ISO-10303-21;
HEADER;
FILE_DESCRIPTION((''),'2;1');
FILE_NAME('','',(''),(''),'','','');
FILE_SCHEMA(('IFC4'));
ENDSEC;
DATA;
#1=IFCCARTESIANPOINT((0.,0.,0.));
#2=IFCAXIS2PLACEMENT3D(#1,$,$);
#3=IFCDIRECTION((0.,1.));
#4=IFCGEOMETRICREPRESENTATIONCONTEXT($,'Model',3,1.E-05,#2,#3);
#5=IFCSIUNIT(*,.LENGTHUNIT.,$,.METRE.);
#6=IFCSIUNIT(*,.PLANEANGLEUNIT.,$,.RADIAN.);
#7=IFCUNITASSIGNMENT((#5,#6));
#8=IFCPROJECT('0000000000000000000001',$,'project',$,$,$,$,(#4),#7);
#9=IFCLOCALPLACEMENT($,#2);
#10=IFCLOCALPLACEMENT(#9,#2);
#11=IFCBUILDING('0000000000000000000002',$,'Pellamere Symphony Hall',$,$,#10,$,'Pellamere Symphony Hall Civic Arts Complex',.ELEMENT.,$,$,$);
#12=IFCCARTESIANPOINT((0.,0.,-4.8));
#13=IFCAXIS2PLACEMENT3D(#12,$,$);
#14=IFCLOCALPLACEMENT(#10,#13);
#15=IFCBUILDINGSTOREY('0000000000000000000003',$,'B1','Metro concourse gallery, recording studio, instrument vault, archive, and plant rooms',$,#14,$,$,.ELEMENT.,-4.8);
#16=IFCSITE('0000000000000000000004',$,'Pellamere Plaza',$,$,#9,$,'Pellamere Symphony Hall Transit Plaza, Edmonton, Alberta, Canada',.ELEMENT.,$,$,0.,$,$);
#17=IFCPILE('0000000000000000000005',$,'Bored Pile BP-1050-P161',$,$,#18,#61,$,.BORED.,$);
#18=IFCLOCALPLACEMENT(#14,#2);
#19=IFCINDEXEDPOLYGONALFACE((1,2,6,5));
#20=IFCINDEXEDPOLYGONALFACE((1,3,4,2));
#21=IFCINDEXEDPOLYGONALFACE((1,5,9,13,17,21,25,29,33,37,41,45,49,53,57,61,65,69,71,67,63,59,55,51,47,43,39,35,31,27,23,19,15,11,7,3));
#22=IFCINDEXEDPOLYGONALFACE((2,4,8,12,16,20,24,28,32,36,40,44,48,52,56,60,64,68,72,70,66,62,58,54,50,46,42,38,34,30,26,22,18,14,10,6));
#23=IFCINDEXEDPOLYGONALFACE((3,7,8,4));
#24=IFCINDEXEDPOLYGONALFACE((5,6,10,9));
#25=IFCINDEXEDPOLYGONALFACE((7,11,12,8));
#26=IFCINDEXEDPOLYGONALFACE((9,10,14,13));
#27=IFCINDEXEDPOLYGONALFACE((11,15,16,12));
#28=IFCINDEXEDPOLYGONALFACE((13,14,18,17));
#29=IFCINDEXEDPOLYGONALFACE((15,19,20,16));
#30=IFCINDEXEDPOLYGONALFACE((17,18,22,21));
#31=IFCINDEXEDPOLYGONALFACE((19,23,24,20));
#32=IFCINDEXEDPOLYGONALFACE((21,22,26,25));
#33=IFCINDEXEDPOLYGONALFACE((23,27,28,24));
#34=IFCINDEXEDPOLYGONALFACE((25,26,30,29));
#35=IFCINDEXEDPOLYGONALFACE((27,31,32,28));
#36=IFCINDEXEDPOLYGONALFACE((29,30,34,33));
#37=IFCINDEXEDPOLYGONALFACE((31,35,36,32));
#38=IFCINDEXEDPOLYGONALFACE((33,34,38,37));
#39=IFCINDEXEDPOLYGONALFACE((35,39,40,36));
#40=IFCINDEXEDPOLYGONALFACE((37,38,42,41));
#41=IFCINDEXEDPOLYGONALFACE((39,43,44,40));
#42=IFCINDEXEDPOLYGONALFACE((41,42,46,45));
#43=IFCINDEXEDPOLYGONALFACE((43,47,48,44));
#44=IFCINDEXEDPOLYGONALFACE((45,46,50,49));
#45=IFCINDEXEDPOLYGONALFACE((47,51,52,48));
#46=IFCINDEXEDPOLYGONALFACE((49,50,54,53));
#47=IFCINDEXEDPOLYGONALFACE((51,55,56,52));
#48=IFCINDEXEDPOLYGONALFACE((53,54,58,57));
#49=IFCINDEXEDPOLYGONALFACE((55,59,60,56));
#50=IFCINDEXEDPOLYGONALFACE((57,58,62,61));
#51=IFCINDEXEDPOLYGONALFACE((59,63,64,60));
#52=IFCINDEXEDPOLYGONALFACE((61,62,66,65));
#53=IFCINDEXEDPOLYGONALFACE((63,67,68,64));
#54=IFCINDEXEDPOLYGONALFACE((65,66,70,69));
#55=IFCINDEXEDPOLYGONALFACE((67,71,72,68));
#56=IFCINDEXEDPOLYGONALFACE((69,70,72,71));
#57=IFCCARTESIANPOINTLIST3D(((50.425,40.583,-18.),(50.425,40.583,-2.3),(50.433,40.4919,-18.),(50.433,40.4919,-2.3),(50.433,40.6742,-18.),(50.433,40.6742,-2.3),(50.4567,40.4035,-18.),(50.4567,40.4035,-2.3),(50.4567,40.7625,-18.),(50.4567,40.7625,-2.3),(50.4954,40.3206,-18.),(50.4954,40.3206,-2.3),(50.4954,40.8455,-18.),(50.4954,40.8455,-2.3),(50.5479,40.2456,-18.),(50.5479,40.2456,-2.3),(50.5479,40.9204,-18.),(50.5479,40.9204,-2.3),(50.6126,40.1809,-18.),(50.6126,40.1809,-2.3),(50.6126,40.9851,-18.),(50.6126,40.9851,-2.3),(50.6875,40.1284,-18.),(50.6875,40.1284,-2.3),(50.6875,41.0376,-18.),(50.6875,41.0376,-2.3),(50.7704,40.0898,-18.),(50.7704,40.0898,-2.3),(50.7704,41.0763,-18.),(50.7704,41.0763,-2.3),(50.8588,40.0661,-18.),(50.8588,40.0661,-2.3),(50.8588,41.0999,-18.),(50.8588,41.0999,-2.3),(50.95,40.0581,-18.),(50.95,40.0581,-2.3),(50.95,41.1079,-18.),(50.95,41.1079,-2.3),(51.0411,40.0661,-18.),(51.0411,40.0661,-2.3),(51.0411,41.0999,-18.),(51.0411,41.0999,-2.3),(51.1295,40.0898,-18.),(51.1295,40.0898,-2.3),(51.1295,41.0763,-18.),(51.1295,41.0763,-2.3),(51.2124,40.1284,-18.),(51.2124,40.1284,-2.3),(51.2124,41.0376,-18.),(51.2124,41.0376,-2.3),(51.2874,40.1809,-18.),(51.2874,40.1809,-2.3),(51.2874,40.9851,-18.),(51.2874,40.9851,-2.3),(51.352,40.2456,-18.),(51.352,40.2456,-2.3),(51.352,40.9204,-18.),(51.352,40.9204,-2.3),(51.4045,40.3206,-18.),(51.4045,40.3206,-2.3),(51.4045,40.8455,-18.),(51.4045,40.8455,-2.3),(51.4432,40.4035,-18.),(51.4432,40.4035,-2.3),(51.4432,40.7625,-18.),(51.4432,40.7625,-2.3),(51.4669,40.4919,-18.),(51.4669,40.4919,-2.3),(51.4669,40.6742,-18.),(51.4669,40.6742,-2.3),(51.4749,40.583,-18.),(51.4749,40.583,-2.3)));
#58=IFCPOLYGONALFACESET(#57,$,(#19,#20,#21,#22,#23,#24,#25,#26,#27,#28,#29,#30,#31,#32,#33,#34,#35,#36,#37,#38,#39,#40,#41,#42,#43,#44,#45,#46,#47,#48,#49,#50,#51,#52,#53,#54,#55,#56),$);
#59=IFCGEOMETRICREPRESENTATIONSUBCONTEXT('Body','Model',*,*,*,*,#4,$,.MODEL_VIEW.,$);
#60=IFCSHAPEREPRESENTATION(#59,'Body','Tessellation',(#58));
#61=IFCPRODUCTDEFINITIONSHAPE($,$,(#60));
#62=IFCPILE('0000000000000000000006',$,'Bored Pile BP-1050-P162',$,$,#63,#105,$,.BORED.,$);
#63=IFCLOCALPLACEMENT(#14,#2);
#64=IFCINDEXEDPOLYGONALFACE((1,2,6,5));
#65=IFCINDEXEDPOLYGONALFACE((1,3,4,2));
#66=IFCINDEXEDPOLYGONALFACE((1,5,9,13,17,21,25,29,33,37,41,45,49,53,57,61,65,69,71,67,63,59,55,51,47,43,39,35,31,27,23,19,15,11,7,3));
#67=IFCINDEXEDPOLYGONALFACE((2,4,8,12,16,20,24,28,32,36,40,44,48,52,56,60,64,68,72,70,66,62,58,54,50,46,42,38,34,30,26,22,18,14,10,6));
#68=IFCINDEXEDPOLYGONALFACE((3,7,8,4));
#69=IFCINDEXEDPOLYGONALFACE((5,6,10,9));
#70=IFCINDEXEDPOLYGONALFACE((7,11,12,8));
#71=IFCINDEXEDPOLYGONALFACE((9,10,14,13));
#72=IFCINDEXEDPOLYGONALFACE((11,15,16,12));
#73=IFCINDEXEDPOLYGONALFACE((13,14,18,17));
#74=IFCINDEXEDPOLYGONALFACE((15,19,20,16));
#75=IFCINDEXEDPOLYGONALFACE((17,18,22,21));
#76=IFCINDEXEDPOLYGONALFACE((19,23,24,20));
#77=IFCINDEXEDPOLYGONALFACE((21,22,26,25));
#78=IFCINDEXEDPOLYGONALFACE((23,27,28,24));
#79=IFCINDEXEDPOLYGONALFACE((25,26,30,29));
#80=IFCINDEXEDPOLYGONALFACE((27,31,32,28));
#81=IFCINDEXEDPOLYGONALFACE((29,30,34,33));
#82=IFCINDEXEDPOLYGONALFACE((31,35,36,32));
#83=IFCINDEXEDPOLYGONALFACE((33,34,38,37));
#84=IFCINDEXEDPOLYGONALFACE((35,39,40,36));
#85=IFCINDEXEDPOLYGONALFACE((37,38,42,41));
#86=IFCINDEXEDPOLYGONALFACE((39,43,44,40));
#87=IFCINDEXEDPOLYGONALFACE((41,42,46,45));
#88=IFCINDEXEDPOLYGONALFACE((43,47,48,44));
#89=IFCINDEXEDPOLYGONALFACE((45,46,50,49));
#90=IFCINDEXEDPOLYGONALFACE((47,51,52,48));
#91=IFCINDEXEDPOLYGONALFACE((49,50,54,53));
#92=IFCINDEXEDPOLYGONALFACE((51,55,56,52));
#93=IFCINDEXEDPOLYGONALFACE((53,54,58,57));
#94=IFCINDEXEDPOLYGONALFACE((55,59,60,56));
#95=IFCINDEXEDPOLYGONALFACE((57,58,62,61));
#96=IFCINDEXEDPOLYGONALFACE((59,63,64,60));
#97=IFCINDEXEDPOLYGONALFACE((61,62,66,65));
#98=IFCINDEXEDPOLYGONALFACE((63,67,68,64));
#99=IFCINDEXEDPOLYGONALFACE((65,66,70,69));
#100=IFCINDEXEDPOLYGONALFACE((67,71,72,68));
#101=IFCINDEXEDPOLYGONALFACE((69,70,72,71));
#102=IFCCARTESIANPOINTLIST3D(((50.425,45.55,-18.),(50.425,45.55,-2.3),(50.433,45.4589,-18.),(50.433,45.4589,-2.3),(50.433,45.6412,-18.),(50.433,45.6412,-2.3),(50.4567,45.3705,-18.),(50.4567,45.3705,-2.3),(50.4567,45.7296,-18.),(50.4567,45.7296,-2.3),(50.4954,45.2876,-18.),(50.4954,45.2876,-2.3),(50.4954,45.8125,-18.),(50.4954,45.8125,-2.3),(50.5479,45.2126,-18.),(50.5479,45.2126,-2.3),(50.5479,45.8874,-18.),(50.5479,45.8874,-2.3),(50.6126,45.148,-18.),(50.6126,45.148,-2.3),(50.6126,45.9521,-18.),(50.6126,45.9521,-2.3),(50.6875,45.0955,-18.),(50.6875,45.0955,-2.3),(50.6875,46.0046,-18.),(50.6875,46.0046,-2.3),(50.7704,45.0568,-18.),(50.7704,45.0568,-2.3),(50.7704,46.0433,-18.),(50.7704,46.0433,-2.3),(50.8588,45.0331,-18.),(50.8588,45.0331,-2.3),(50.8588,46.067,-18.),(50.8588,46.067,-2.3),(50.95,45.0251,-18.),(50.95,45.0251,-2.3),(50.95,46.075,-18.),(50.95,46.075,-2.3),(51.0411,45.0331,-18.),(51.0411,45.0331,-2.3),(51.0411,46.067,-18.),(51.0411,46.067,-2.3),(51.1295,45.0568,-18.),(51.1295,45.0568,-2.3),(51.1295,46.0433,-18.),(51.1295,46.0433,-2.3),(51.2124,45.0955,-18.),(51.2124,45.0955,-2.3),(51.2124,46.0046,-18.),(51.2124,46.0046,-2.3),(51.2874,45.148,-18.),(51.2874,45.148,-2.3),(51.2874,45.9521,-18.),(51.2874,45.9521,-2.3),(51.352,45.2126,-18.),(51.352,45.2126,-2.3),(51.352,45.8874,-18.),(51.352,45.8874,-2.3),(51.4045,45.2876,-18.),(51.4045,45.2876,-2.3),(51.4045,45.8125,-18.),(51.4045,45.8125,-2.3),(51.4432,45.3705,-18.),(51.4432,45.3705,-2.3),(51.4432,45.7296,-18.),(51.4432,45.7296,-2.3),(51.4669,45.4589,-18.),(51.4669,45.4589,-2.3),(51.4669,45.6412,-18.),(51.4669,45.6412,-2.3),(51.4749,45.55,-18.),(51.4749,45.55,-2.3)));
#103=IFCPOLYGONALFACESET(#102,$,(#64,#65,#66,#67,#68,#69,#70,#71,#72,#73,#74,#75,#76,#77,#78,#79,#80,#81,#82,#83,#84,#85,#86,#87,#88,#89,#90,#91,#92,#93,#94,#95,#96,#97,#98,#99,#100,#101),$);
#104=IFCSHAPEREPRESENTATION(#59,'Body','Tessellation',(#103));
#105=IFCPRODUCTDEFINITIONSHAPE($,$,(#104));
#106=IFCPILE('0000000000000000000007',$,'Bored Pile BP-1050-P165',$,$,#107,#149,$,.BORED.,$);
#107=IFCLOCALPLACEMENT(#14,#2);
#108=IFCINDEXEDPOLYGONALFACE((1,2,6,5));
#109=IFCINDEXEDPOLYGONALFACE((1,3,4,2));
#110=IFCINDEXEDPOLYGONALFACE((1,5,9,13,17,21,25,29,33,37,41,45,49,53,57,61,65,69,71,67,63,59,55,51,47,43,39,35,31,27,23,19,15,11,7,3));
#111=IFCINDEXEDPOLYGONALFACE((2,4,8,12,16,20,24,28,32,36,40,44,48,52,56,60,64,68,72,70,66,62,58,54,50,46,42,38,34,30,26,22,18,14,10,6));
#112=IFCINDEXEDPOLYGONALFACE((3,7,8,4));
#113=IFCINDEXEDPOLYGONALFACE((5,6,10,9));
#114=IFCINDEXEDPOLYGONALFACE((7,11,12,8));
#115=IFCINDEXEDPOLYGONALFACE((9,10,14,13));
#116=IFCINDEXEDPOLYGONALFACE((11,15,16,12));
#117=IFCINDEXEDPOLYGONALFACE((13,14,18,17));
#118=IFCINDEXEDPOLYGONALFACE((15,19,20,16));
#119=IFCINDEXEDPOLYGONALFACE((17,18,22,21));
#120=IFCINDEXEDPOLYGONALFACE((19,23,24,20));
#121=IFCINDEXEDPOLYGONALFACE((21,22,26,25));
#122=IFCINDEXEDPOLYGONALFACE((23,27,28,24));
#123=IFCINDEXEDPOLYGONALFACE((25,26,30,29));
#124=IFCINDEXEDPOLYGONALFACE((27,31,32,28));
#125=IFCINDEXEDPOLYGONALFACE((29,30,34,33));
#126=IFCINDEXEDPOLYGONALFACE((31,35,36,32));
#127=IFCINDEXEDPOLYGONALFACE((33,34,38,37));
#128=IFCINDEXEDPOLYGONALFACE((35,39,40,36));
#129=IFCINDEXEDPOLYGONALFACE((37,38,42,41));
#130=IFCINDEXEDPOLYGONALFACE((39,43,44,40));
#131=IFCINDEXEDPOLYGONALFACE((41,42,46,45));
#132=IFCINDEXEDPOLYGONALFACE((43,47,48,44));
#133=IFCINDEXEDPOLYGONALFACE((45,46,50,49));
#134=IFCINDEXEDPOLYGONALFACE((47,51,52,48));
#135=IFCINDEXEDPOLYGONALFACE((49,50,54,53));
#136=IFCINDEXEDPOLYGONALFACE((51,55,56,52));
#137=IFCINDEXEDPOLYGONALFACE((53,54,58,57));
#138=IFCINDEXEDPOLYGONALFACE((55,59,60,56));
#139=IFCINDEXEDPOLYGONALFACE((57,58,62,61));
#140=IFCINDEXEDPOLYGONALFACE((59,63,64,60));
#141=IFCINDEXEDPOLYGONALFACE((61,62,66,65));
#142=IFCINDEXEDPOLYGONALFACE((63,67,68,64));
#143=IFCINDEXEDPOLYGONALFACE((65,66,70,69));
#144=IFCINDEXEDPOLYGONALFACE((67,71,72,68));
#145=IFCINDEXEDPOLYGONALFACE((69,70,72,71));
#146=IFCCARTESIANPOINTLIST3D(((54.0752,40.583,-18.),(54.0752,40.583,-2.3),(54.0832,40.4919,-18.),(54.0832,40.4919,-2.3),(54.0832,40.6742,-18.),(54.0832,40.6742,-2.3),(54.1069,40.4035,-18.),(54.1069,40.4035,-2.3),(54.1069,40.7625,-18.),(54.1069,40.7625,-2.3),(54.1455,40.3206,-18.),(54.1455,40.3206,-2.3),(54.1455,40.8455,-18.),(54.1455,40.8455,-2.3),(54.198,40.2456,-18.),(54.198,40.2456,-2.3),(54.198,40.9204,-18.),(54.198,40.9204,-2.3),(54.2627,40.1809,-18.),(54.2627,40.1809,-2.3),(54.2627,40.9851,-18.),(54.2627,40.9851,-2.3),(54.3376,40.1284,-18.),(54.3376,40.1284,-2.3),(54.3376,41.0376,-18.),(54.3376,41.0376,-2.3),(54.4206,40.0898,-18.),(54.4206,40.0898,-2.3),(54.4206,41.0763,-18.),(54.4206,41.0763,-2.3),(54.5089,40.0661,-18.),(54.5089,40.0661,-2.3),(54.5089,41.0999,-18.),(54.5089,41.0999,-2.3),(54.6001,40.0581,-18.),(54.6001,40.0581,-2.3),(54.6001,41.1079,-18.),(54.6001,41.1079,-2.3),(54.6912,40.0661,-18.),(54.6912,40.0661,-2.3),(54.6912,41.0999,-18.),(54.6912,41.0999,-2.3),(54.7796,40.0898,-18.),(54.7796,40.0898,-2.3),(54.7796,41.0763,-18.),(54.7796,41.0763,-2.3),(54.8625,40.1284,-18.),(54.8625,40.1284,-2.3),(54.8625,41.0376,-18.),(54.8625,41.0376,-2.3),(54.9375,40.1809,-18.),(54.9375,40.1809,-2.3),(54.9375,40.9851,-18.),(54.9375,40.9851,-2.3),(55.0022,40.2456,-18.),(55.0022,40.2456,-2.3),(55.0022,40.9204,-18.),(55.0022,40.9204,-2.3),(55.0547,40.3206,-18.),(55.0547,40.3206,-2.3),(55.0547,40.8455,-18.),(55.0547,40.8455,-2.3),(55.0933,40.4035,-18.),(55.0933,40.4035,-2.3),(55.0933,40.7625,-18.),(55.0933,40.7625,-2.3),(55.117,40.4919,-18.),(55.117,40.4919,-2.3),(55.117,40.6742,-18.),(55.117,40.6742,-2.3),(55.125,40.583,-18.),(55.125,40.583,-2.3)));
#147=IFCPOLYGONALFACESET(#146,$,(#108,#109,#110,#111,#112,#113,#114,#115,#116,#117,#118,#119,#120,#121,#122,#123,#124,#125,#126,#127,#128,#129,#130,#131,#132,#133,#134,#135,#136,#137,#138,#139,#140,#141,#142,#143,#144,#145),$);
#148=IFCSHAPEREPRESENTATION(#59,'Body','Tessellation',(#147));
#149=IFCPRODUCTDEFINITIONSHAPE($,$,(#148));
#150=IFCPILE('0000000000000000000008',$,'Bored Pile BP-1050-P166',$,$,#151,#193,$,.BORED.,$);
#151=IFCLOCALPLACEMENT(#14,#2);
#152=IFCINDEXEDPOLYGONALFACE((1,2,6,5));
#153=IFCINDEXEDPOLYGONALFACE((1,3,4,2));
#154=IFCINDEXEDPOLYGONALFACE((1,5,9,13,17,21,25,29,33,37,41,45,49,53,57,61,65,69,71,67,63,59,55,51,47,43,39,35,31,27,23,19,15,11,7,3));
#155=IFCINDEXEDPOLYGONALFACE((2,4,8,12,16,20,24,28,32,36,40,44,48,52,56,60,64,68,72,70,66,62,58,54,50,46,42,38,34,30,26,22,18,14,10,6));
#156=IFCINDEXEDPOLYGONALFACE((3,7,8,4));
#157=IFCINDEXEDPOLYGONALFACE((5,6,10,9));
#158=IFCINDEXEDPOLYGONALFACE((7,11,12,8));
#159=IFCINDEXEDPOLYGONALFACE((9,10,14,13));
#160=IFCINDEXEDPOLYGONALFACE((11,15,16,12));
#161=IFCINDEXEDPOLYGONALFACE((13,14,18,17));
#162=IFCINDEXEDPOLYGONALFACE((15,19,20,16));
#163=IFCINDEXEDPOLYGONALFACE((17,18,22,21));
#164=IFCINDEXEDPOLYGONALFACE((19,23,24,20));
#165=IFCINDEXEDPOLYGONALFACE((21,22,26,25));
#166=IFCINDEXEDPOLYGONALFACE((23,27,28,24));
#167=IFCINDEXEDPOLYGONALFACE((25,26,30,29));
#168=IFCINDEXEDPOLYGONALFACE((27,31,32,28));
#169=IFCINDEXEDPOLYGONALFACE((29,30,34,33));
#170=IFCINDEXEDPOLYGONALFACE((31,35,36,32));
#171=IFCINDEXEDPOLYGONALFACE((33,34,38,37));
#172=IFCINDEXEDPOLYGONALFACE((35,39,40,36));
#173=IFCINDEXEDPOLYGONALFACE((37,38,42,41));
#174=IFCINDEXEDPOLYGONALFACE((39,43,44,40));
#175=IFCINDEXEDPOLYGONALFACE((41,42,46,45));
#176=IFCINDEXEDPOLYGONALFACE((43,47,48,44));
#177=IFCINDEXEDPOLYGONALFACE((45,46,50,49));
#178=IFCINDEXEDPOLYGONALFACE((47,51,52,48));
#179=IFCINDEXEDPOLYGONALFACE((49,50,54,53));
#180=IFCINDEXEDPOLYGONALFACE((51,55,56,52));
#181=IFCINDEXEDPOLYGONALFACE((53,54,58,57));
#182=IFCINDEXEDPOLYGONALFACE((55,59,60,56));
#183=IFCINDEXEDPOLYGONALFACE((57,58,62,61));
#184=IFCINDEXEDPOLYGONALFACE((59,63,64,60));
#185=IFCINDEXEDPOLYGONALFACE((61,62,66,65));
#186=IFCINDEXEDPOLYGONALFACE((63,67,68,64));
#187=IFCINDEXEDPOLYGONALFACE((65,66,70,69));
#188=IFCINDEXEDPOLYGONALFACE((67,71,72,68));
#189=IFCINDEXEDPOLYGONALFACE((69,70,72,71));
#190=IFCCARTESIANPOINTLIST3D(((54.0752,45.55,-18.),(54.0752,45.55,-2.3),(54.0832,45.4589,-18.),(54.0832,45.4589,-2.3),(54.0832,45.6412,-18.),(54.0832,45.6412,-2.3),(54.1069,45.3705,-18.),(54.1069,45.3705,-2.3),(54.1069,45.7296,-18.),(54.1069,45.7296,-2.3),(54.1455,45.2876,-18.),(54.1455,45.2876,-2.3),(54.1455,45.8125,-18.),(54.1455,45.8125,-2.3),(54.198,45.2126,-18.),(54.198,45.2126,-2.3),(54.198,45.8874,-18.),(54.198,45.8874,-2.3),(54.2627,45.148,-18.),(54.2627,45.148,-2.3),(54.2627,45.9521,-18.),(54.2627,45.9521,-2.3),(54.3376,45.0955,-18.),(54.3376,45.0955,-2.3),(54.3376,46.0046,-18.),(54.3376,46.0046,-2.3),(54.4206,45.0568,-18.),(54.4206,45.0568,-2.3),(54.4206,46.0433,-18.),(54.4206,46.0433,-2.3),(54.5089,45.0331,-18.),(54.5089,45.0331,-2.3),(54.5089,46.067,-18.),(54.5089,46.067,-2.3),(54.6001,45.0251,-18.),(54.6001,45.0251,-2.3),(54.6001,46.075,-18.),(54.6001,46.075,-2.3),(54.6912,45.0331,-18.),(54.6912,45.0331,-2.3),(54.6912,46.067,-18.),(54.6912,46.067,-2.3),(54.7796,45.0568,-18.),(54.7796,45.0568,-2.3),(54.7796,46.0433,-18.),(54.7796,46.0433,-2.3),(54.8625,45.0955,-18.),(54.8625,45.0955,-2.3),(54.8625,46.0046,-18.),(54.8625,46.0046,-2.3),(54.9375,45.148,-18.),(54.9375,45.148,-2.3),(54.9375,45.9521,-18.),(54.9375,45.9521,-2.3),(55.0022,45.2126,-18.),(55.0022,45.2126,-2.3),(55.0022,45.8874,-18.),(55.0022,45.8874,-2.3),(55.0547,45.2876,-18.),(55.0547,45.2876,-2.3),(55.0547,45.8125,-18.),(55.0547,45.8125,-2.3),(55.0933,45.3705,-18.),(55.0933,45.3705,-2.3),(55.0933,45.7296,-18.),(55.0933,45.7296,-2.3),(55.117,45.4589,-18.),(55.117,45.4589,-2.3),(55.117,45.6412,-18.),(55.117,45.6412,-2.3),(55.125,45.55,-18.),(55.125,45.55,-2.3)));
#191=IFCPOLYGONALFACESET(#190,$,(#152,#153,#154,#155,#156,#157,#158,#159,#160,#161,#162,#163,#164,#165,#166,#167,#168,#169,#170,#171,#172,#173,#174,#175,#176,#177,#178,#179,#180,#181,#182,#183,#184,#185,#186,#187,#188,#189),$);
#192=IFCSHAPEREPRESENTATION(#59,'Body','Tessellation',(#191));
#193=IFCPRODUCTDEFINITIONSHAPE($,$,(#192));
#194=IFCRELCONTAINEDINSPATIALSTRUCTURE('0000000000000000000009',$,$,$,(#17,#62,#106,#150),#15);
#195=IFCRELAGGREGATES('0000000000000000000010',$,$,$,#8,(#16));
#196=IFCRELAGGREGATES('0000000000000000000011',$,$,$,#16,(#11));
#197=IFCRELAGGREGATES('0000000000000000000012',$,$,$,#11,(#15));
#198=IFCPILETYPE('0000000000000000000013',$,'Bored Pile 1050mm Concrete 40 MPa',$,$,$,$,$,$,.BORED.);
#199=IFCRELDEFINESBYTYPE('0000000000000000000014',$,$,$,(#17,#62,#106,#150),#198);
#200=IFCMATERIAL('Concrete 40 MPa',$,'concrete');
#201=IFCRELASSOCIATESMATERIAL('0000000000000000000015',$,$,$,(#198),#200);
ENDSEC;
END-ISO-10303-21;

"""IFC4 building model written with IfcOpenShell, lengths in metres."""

from ifc_helpers import new_model, si_unit, direction, frame, origin, origin_2d, place, context, subcontext, project, spatial, circle, extrude, material, material_profile, profile_set, type_object, element, save


model = new_model("IFC4")

# Units and contexts
model_context = context("Model", 3, precision=1e-05, world=origin(), true_north=direction((0.0, 1.0)))
body_context = subcontext(model_context, "Body", "Model", "MODEL_VIEW")
ifc_project = project(units=[si_unit("LENGTHUNIT", "METRE"), si_unit("PLANEANGLEUNIT", "RADIAN")], contexts=[model_context])

# Site, building, storey
site_placement = place(None, origin())
site = spatial("IfcSite", under=ifc_project, at=site_placement, Name="Pellamere Plaza", LongName="Pellamere Symphony Hall Transit Plaza, Edmonton, Alberta, Canada", CompositionType="ELEMENT", RefElevation=0.0)
building_placement = place(site_placement, origin())
building = spatial("IfcBuilding", under=site, at=building_placement, Name="Pellamere Symphony Hall", LongName="Pellamere Symphony Hall Civic Arts Complex", CompositionType="ELEMENT")
storey_placement = place(building_placement, frame((0.0, 0.0, -4.8)))
storey = spatial("IfcBuildingStorey", under=building, at=storey_placement, Name="B1", Description="Metro concourse gallery, recording studio, instrument vault, archive, and plant rooms", CompositionType="ELEMENT", Elevation=-4.8)

# Piles
ifc_material_1 = material(Name="Concrete 40 MPa", Category="concrete")
ifc_material_profile_1 = material_profile(ifc_material_1, circle(Radius=0.5249, at=origin_2d()), Name="PILE D1050")
ifc_profile_set_1 = profile_set([ifc_material_profile_1], Name="Concrete 40 MPa")
pile_type_1 = type_object("IfcPileType", Name="Bored Pile 1050mm Concrete 40 MPa", PredefinedType="BORED", material=ifc_profile_set_1)
for number, where, z_axis, x_axis, name in (
    (1, (50.95, 40.583, -2.3), (0.0, 0.0, -1.0), (1.0, 0.0, 0.0), "Bored Pile BP-1050-P161"),
    (2, (50.95, 45.55, -2.3), (0.0, 0.0, -1.0), (1.0, 0.0, 0.0), "Bored Pile BP-1050-P162"),
    (3, (54.6001, 40.583, -2.3), (0.0, 0.0, -1.0), (1.0, 0.0, 0.0), "Bored Pile BP-1050-P165"),
    (4, (54.6001, 45.55, -2.3), (0.0, 0.0, -1.0), (1.0, 0.0, 0.0), "Bored Pile BP-1050-P166"),
):
    element("IfcPile", number, at=place(storey_placement, frame(where, z_axis=z_axis, x_axis=x_axis)), inside=storey, type_object=pile_type_1, Name=name, PredefinedType="BORED", context=body_context, shape_type="SweptSolid", body=[
        extrude(circle(Radius=0.5249, at=origin_2d()), origin(), (0.0, 0.0, 1.0), 15.7),
    ])

save(model, "model.ifc")
